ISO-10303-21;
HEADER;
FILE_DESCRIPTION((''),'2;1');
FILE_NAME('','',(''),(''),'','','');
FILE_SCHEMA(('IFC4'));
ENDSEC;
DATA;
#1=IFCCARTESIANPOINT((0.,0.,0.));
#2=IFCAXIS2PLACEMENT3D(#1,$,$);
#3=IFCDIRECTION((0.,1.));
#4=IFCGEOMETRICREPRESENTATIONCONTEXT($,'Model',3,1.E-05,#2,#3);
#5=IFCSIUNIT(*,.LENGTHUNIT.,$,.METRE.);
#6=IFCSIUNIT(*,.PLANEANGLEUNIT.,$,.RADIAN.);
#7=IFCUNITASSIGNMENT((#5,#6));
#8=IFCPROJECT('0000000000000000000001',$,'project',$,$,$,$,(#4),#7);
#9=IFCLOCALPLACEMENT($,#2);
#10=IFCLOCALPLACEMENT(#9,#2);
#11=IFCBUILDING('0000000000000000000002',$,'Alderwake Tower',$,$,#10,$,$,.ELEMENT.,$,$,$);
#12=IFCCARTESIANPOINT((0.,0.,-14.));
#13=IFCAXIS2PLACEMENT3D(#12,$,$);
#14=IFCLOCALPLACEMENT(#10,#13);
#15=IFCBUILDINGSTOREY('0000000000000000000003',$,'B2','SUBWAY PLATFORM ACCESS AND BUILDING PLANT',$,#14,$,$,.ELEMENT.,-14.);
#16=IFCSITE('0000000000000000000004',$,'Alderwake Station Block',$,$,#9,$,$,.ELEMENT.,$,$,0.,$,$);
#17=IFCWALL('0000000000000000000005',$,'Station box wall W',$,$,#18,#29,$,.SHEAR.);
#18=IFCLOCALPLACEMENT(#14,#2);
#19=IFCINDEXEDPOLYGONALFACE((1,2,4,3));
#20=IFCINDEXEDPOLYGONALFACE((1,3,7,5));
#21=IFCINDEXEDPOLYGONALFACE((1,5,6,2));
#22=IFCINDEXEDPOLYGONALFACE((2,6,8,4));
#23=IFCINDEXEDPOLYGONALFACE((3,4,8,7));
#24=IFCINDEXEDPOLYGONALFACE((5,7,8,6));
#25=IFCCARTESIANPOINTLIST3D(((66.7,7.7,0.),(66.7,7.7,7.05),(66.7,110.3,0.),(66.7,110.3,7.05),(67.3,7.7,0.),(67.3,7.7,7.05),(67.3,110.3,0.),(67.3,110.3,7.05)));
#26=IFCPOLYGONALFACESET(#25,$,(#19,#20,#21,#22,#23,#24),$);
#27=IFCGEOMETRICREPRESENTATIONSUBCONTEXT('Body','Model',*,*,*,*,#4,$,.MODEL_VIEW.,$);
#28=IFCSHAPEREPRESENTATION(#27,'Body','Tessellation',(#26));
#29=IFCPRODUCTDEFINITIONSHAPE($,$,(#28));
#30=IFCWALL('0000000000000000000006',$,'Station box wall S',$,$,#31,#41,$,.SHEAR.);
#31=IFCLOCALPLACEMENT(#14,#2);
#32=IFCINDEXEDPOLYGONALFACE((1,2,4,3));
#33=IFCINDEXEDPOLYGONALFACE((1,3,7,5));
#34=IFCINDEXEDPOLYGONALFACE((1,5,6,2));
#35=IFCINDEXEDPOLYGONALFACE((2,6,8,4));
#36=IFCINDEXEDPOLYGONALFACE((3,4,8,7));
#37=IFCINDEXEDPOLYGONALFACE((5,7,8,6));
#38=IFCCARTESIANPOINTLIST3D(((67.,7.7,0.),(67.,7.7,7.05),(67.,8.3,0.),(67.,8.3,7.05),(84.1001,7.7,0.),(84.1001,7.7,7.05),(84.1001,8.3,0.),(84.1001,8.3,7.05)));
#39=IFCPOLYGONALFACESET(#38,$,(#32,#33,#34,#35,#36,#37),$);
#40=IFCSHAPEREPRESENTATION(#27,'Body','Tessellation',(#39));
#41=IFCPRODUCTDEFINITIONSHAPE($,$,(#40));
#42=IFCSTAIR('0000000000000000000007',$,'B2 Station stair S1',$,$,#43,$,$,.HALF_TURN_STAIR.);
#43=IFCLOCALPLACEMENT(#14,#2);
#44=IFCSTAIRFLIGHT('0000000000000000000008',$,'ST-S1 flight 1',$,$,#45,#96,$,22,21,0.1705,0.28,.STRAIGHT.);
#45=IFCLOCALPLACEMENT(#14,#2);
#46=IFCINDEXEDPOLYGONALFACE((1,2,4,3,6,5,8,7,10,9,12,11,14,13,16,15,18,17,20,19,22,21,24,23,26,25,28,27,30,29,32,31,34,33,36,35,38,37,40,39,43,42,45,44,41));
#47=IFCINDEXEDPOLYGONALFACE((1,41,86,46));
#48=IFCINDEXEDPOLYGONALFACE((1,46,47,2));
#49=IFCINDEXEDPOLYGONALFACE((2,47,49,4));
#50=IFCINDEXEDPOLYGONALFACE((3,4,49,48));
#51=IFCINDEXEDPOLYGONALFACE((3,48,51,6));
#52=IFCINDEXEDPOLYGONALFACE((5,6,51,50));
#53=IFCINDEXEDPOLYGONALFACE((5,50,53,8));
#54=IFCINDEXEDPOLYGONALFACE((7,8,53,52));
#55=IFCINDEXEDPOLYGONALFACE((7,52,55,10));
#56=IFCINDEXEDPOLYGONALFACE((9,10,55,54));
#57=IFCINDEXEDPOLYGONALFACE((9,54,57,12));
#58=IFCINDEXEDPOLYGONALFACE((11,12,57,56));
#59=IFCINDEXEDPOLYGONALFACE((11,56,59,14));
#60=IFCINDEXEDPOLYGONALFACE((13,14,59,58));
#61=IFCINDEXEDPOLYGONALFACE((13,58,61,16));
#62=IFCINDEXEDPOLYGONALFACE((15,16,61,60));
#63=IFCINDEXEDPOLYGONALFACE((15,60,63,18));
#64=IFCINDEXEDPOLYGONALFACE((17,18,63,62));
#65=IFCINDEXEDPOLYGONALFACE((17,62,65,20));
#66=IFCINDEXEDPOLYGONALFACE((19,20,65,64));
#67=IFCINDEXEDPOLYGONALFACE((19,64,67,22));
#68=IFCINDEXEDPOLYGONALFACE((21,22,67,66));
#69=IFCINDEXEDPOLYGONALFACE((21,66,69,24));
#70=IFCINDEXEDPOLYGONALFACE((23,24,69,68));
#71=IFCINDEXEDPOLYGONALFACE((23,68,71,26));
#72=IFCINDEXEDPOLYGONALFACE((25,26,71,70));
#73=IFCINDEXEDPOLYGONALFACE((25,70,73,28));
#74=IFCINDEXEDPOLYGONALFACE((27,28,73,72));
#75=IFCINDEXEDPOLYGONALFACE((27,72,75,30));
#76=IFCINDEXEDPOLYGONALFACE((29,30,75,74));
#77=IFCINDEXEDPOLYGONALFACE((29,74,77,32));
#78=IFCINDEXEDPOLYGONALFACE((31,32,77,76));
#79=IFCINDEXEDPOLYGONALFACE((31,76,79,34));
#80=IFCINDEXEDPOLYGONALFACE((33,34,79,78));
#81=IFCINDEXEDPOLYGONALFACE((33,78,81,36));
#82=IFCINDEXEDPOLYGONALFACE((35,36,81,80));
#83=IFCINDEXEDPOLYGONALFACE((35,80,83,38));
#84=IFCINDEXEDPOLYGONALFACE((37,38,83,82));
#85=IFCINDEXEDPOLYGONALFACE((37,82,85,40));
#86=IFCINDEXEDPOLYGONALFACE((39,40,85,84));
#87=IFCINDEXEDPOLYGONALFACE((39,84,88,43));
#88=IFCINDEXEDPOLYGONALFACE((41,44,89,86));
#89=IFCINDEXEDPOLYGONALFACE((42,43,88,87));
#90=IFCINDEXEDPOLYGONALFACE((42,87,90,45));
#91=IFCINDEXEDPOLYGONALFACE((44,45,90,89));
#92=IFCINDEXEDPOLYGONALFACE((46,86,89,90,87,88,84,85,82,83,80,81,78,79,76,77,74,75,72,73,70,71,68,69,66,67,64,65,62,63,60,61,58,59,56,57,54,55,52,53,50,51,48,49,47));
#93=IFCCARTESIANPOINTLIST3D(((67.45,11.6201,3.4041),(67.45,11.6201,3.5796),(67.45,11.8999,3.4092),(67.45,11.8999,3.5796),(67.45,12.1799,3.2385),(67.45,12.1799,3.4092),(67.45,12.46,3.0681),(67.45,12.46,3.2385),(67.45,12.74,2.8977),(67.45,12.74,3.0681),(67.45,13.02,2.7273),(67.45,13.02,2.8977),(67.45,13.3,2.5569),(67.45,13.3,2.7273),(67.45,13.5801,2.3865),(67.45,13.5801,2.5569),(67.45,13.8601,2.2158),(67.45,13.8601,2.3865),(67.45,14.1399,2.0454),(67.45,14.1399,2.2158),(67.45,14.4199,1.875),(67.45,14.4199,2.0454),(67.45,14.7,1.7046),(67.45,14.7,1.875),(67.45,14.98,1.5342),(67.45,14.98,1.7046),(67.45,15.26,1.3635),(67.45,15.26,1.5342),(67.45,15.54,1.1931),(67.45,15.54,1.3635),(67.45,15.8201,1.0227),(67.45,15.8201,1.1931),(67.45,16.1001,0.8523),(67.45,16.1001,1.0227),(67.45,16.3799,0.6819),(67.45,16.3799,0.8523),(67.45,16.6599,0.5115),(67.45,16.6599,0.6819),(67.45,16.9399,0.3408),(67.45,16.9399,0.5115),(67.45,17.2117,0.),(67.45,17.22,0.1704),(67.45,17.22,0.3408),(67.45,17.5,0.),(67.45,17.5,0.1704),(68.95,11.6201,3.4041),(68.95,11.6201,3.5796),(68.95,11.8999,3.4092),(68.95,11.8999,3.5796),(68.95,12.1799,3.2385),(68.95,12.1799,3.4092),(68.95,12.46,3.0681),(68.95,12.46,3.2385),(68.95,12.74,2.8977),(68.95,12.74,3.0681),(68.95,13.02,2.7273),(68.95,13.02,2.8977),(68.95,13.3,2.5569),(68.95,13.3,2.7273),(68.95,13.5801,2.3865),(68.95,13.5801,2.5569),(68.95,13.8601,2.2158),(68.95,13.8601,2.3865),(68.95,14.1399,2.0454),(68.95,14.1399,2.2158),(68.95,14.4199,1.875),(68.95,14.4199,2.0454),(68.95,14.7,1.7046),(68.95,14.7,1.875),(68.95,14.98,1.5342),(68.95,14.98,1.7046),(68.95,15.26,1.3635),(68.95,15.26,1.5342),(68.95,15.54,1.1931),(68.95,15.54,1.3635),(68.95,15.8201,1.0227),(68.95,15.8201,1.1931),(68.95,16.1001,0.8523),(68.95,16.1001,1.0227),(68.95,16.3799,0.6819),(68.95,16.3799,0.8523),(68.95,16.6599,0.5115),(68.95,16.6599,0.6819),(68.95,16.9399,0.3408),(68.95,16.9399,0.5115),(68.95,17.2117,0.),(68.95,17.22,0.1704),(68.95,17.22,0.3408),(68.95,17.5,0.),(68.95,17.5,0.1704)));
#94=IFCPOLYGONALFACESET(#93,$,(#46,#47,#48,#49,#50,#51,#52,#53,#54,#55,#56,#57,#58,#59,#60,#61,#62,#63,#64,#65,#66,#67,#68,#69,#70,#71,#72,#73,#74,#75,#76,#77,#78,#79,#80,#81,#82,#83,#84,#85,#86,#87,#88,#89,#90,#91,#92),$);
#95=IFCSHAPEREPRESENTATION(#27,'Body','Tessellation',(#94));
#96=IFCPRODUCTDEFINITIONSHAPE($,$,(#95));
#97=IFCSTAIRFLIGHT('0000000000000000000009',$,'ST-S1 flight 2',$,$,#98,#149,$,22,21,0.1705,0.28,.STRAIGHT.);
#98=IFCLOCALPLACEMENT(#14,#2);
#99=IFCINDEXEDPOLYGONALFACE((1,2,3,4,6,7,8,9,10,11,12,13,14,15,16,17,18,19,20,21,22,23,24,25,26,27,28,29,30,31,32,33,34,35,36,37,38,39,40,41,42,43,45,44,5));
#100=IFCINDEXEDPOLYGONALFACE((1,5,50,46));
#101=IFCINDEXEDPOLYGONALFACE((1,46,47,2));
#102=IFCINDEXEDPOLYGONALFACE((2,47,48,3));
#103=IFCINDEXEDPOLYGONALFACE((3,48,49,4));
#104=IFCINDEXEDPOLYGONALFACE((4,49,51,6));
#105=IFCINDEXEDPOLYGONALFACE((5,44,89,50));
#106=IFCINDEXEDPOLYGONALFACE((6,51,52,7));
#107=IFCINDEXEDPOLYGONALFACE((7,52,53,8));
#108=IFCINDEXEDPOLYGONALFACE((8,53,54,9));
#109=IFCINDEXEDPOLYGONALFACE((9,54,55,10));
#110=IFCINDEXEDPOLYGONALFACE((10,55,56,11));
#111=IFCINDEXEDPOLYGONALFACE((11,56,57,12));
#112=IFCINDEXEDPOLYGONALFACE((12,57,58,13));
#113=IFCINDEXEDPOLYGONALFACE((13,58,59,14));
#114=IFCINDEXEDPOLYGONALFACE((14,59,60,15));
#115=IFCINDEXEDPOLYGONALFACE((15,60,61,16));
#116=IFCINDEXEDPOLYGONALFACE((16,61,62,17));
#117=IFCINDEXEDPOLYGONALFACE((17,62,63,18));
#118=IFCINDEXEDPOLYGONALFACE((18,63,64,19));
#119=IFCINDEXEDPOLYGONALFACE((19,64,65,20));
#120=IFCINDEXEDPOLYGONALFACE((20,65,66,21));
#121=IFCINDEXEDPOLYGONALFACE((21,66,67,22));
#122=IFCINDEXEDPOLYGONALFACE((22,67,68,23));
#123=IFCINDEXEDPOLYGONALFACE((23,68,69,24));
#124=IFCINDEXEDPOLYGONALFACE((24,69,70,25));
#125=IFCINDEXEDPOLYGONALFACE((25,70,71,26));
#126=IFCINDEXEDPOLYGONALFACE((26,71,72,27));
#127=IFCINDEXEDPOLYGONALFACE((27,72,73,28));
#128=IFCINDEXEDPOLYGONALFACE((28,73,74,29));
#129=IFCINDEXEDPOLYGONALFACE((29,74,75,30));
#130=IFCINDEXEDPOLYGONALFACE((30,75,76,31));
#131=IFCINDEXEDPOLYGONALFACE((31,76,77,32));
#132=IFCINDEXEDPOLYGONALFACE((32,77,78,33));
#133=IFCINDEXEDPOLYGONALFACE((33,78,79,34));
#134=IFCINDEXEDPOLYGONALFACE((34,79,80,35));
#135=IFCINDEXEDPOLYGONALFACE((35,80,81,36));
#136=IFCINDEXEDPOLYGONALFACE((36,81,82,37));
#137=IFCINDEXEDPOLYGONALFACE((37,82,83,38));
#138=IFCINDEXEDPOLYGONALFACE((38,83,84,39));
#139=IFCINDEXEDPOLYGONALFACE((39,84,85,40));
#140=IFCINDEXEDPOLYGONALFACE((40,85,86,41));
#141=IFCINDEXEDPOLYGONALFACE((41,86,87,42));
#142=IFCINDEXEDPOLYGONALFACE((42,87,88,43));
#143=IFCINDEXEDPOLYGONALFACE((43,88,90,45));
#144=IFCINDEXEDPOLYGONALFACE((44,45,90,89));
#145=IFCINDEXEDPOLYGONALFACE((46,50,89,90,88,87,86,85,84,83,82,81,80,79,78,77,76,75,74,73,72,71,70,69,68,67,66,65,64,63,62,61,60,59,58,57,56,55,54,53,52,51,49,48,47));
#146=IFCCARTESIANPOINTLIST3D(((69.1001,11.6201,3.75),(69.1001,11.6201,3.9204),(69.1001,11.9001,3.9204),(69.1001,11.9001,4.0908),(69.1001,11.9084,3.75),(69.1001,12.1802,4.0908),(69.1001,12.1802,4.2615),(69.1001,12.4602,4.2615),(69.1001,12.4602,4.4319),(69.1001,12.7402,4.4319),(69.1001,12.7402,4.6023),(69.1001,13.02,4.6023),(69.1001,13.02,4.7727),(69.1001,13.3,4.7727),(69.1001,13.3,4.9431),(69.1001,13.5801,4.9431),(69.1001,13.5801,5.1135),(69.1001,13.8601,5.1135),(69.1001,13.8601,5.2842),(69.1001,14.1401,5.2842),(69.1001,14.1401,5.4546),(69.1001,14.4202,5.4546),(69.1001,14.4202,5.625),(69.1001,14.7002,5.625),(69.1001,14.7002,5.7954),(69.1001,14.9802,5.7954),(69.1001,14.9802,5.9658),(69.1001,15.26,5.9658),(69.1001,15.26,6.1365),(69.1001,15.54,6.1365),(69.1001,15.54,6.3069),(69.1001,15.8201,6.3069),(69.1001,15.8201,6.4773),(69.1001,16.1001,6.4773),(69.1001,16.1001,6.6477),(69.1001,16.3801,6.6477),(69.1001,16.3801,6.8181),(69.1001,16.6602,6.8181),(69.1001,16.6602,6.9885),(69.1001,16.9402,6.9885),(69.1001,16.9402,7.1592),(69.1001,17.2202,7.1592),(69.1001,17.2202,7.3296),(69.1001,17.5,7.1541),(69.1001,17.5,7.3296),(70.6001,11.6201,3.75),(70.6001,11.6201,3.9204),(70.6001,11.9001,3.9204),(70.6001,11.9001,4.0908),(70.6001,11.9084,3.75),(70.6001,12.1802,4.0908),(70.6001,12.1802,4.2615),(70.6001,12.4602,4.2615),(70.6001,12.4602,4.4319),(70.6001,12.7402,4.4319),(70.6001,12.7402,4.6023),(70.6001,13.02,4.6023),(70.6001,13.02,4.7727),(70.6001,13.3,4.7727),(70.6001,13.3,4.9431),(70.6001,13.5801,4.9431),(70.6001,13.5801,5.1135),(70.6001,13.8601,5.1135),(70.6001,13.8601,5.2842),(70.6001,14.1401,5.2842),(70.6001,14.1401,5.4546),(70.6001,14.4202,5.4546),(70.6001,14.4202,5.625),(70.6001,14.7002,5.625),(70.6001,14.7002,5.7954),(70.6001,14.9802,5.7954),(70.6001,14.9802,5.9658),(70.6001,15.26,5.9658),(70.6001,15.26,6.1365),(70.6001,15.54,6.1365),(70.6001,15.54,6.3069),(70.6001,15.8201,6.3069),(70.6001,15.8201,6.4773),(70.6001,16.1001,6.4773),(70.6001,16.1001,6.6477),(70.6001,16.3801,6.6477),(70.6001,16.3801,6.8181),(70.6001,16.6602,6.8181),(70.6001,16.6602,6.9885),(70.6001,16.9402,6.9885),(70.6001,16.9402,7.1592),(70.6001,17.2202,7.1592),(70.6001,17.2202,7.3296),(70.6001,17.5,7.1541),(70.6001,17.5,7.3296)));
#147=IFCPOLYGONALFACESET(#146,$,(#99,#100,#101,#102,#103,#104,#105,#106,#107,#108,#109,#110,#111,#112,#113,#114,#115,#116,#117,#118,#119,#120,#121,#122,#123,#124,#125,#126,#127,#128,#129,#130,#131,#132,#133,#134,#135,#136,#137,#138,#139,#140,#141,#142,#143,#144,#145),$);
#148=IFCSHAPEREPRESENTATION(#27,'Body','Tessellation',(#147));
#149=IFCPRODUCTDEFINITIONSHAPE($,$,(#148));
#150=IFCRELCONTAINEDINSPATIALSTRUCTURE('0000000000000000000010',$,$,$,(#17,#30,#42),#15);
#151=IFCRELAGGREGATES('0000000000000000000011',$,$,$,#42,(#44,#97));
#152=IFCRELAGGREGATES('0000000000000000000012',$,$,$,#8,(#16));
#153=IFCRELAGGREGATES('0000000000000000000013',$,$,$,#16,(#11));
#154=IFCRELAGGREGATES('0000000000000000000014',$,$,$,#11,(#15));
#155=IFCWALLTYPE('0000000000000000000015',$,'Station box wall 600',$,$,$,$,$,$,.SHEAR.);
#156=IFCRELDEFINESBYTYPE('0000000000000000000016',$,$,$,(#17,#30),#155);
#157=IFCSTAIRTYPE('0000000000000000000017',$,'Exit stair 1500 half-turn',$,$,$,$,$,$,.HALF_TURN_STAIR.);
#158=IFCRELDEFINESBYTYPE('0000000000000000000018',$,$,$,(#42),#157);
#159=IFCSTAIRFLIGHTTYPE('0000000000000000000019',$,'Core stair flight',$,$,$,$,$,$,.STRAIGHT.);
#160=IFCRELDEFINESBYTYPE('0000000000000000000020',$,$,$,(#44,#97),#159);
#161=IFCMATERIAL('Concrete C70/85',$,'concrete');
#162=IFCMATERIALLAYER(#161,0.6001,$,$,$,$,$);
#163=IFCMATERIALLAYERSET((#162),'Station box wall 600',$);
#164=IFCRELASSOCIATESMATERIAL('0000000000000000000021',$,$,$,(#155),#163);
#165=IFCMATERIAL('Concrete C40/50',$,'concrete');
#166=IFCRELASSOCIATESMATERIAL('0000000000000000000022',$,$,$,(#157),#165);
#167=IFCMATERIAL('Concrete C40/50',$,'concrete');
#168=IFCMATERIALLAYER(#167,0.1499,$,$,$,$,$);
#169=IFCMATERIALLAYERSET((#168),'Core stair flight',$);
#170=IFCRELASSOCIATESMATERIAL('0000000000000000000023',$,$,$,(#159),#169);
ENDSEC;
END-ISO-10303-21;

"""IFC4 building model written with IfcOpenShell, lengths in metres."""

from ifc_helpers import new_model, si_unit, direction, frame, frame_2d, origin, place, context, subcontext, project, spatial, polyline, rectangle, outline, extrude, material, layer, layer_set, type_object, element, aggregate, save


model = new_model("IFC4")

# Units and contexts
model_context = context("Model", 3, precision=1e-05, world=origin(), true_north=direction((0.0, 1.0)))
body_context = subcontext(model_context, "Body", "Model", "MODEL_VIEW")
ifc_project = project(units=[si_unit("LENGTHUNIT", "METRE"), si_unit("PLANEANGLEUNIT", "RADIAN")], contexts=[model_context])

# Site, building, storey
site_placement = place(None, origin())
site = spatial("IfcSite", under=ifc_project, at=site_placement, Name="Alderwake Station Block", CompositionType="ELEMENT", RefElevation=0.0)
building_placement = place(site_placement, origin())
building = spatial("IfcBuilding", under=site, at=building_placement, Name="Alderwake Tower", CompositionType="ELEMENT")
storey_placement = place(building_placement, frame((0.0, 0.0, -14.0)))
storey = spatial("IfcBuildingStorey", under=building, at=storey_placement, Name="B2", Description="SUBWAY PLATFORM ACCESS AND BUILDING PLANT", CompositionType="ELEMENT", Elevation=-14.0)

# Walls
ifc_material_1 = material(Name="Concrete C70/85", Category="concrete")
ifc_layer_1 = layer(ifc_material_1, 0.6001)
ifc_layer_set_1 = layer_set([ifc_layer_1], Name="Station box wall 600")
wall_type_1 = type_object("IfcWallType", Name="Station box wall 600", PredefinedType="SHEAR", material=ifc_layer_set_1)
wall_1_placement = place(storey_placement, frame((67.0, 7.7, 0.0), z_axis=(0.0, 0.0, 1.0), x_axis=(0.0, 1.0, 0.0)))
element("IfcWall", 1, at=wall_1_placement, inside=storey, type_object=wall_type_1, Name="Station box wall W", PredefinedType="SHEAR", context=body_context, shape_type="SweptSolid", body=[
    extrude(rectangle(XDim=102.6001, YDim=0.6001, at=frame_2d((51.3, 0.0))), origin(), (0.0, 0.0, 1.0), 7.05),
])
wall_2_placement = place(storey_placement, frame((67.0, 8.0, 0.0), z_axis=(0.0, 0.0, 1.0), x_axis=(1.0, 0.0, 0.0)))
element("IfcWall", 2, at=wall_2_placement, inside=storey, type_object=wall_type_1, Name="Station box wall S", PredefinedType="SHEAR", context=body_context, shape_type="SweptSolid", body=[
    extrude(rectangle(XDim=17.1001, YDim=0.6001, at=frame_2d((8.55, 0.0))), origin(), (0.0, 0.0, 1.0), 7.05),
])

# Stair, stair flights
ifc_material_2 = material(Name="Concrete C40/50", Category="concrete")
stair_type = type_object("IfcStairType", Name="Exit stair 1500 half-turn", PredefinedType="HALF_TURN_STAIR", material=ifc_material_2)
stair_placement = place(storey_placement, origin())
stair = element("IfcStair", 3, at=stair_placement, inside=storey, type_object=stair_type, Name="B2 Station stair S1", PredefinedType="HALF_TURN_STAIR")
ifc_material_3 = material(Name="Concrete C40/50", Category="concrete")
ifc_layer_2 = layer(ifc_material_3, 0.1499)
ifc_layer_set_2 = layer_set([ifc_layer_2], Name="Core stair flight")
stair_flight_type = type_object("IfcStairFlightType", Name="Core stair flight", PredefinedType="STRAIGHT", material=ifc_layer_set_2)
stair_flight_1_placement = place(storey_placement, frame((68.2, 17.5, 0.0), z_axis=(0.0, 0.0, 1.0), x_axis=(0.0, -1.0, 0.0)))
stair_flight_1 = element("IfcStairFlight", 4, at=stair_flight_1_placement, type_object=stair_flight_type, Name="ST-S1 flight 1", NumberOfRisers=22, NumberOfTreads=21, PredefinedType="STRAIGHT", RiserHeight=0.1705, TreadLength=0.28, context=body_context, shape_type="SweptSolid", body=[
    extrude(outline(polyline([(0.0, 0.0), (0.0, 0.1704), (0.28, 0.1704), (0.28, 0.3408), (0.5601, 0.3408), (0.5601, 0.5115), (0.8401, 0.5115), (0.8401, 0.6819), (1.1201, 0.6819), (1.1201, 0.8523), (1.3999, 0.8523), (1.3999, 1.0227), (1.6799, 1.0227), (1.6799, 1.1931), (1.96, 1.1931), (1.96, 1.3635), (2.24, 1.3635), (2.24, 1.5342), (2.52, 1.5342), (2.52, 1.7046), (2.8, 1.7046), (2.8, 1.875), (3.0801, 1.875), (3.0801, 2.0454), (3.3601, 2.0454), (3.3601, 2.2158), (3.6399, 2.2158), (3.6399, 2.3865), (3.9199, 2.3865), (3.9199, 2.5569), (4.2, 2.5569), (4.2, 2.7273), (4.48, 2.7273), (4.48, 2.8977), (4.76, 2.8977), (4.76, 3.0681), (5.04, 3.0681), (5.04, 3.2385), (5.3201, 3.2385), (5.3201, 3.4092), (5.6001, 3.4092), (5.6001, 3.5796), (5.8799, 3.5796), (5.8799, 3.75), (5.8799, 3.4041), (0.2883, 0.0), (0.0, 0.0)])), frame((0.0, 0.75, 0.0), z_axis=(0.0, -1.0, 0.0), x_axis=(1.0, 0.0, 0.0)), (0.0, 0.0, 1.0), 1.5),
])
stair_flight_2_placement = place(storey_placement, frame((69.8501, 11.6201, 3.75), z_axis=(0.0, 0.0, 1.0), x_axis=(0.0, 1.0, 0.0)))
stair_flight_2 = element("IfcStairFlight", 5, at=stair_flight_2_placement, type_object=stair_flight_type, Name="ST-S1 flight 2", NumberOfRisers=22, NumberOfTreads=21, PredefinedType="STRAIGHT", RiserHeight=0.1705, TreadLength=0.28, context=body_context, shape_type="SweptSolid", body=[
    extrude(outline(polyline([(0.0, 0.0), (0.0, 0.1704), (0.28, 0.1704), (0.28, 0.3408), (0.5601, 0.3408), (0.5601, 0.5115), (0.8401, 0.5115), (0.8401, 0.6819), (1.1201, 0.6819), (1.1201, 0.8523), (1.3999, 0.8523), (1.3999, 1.0227), (1.6799, 1.0227), (1.6799, 1.1931), (1.96, 1.1931), (1.96, 1.3635), (2.24, 1.3635), (2.24, 1.5342), (2.52, 1.5342), (2.52, 1.7046), (2.8, 1.7046), (2.8, 1.875), (3.0801, 1.875), (3.0801, 2.0454), (3.3601, 2.0454), (3.3601, 2.2158), (3.6399, 2.2158), (3.6399, 2.3865), (3.9199, 2.3865), (3.9199, 2.5569), (4.2, 2.5569), (4.2, 2.7273), (4.48, 2.7273), (4.48, 2.8977), (4.76, 2.8977), (4.76, 3.0681), (5.04, 3.0681), (5.04, 3.2385), (5.3201, 3.2385), (5.3201, 3.4092), (5.6001, 3.4092), (5.6001, 3.5796), (5.8799, 3.5796), (5.8799, 3.75), (5.8799, 3.4041), (0.2883, 0.0), (0.0, 0.0)])), frame((0.0, 0.75, 0.0), z_axis=(0.0, -1.0, 0.0), x_axis=(1.0, 0.0, 0.0)), (0.0, 0.0, 1.0), 1.5),
])
aggregate(stair, [stair_flight_1, stair_flight_2])

save(model, "model.ifc")
